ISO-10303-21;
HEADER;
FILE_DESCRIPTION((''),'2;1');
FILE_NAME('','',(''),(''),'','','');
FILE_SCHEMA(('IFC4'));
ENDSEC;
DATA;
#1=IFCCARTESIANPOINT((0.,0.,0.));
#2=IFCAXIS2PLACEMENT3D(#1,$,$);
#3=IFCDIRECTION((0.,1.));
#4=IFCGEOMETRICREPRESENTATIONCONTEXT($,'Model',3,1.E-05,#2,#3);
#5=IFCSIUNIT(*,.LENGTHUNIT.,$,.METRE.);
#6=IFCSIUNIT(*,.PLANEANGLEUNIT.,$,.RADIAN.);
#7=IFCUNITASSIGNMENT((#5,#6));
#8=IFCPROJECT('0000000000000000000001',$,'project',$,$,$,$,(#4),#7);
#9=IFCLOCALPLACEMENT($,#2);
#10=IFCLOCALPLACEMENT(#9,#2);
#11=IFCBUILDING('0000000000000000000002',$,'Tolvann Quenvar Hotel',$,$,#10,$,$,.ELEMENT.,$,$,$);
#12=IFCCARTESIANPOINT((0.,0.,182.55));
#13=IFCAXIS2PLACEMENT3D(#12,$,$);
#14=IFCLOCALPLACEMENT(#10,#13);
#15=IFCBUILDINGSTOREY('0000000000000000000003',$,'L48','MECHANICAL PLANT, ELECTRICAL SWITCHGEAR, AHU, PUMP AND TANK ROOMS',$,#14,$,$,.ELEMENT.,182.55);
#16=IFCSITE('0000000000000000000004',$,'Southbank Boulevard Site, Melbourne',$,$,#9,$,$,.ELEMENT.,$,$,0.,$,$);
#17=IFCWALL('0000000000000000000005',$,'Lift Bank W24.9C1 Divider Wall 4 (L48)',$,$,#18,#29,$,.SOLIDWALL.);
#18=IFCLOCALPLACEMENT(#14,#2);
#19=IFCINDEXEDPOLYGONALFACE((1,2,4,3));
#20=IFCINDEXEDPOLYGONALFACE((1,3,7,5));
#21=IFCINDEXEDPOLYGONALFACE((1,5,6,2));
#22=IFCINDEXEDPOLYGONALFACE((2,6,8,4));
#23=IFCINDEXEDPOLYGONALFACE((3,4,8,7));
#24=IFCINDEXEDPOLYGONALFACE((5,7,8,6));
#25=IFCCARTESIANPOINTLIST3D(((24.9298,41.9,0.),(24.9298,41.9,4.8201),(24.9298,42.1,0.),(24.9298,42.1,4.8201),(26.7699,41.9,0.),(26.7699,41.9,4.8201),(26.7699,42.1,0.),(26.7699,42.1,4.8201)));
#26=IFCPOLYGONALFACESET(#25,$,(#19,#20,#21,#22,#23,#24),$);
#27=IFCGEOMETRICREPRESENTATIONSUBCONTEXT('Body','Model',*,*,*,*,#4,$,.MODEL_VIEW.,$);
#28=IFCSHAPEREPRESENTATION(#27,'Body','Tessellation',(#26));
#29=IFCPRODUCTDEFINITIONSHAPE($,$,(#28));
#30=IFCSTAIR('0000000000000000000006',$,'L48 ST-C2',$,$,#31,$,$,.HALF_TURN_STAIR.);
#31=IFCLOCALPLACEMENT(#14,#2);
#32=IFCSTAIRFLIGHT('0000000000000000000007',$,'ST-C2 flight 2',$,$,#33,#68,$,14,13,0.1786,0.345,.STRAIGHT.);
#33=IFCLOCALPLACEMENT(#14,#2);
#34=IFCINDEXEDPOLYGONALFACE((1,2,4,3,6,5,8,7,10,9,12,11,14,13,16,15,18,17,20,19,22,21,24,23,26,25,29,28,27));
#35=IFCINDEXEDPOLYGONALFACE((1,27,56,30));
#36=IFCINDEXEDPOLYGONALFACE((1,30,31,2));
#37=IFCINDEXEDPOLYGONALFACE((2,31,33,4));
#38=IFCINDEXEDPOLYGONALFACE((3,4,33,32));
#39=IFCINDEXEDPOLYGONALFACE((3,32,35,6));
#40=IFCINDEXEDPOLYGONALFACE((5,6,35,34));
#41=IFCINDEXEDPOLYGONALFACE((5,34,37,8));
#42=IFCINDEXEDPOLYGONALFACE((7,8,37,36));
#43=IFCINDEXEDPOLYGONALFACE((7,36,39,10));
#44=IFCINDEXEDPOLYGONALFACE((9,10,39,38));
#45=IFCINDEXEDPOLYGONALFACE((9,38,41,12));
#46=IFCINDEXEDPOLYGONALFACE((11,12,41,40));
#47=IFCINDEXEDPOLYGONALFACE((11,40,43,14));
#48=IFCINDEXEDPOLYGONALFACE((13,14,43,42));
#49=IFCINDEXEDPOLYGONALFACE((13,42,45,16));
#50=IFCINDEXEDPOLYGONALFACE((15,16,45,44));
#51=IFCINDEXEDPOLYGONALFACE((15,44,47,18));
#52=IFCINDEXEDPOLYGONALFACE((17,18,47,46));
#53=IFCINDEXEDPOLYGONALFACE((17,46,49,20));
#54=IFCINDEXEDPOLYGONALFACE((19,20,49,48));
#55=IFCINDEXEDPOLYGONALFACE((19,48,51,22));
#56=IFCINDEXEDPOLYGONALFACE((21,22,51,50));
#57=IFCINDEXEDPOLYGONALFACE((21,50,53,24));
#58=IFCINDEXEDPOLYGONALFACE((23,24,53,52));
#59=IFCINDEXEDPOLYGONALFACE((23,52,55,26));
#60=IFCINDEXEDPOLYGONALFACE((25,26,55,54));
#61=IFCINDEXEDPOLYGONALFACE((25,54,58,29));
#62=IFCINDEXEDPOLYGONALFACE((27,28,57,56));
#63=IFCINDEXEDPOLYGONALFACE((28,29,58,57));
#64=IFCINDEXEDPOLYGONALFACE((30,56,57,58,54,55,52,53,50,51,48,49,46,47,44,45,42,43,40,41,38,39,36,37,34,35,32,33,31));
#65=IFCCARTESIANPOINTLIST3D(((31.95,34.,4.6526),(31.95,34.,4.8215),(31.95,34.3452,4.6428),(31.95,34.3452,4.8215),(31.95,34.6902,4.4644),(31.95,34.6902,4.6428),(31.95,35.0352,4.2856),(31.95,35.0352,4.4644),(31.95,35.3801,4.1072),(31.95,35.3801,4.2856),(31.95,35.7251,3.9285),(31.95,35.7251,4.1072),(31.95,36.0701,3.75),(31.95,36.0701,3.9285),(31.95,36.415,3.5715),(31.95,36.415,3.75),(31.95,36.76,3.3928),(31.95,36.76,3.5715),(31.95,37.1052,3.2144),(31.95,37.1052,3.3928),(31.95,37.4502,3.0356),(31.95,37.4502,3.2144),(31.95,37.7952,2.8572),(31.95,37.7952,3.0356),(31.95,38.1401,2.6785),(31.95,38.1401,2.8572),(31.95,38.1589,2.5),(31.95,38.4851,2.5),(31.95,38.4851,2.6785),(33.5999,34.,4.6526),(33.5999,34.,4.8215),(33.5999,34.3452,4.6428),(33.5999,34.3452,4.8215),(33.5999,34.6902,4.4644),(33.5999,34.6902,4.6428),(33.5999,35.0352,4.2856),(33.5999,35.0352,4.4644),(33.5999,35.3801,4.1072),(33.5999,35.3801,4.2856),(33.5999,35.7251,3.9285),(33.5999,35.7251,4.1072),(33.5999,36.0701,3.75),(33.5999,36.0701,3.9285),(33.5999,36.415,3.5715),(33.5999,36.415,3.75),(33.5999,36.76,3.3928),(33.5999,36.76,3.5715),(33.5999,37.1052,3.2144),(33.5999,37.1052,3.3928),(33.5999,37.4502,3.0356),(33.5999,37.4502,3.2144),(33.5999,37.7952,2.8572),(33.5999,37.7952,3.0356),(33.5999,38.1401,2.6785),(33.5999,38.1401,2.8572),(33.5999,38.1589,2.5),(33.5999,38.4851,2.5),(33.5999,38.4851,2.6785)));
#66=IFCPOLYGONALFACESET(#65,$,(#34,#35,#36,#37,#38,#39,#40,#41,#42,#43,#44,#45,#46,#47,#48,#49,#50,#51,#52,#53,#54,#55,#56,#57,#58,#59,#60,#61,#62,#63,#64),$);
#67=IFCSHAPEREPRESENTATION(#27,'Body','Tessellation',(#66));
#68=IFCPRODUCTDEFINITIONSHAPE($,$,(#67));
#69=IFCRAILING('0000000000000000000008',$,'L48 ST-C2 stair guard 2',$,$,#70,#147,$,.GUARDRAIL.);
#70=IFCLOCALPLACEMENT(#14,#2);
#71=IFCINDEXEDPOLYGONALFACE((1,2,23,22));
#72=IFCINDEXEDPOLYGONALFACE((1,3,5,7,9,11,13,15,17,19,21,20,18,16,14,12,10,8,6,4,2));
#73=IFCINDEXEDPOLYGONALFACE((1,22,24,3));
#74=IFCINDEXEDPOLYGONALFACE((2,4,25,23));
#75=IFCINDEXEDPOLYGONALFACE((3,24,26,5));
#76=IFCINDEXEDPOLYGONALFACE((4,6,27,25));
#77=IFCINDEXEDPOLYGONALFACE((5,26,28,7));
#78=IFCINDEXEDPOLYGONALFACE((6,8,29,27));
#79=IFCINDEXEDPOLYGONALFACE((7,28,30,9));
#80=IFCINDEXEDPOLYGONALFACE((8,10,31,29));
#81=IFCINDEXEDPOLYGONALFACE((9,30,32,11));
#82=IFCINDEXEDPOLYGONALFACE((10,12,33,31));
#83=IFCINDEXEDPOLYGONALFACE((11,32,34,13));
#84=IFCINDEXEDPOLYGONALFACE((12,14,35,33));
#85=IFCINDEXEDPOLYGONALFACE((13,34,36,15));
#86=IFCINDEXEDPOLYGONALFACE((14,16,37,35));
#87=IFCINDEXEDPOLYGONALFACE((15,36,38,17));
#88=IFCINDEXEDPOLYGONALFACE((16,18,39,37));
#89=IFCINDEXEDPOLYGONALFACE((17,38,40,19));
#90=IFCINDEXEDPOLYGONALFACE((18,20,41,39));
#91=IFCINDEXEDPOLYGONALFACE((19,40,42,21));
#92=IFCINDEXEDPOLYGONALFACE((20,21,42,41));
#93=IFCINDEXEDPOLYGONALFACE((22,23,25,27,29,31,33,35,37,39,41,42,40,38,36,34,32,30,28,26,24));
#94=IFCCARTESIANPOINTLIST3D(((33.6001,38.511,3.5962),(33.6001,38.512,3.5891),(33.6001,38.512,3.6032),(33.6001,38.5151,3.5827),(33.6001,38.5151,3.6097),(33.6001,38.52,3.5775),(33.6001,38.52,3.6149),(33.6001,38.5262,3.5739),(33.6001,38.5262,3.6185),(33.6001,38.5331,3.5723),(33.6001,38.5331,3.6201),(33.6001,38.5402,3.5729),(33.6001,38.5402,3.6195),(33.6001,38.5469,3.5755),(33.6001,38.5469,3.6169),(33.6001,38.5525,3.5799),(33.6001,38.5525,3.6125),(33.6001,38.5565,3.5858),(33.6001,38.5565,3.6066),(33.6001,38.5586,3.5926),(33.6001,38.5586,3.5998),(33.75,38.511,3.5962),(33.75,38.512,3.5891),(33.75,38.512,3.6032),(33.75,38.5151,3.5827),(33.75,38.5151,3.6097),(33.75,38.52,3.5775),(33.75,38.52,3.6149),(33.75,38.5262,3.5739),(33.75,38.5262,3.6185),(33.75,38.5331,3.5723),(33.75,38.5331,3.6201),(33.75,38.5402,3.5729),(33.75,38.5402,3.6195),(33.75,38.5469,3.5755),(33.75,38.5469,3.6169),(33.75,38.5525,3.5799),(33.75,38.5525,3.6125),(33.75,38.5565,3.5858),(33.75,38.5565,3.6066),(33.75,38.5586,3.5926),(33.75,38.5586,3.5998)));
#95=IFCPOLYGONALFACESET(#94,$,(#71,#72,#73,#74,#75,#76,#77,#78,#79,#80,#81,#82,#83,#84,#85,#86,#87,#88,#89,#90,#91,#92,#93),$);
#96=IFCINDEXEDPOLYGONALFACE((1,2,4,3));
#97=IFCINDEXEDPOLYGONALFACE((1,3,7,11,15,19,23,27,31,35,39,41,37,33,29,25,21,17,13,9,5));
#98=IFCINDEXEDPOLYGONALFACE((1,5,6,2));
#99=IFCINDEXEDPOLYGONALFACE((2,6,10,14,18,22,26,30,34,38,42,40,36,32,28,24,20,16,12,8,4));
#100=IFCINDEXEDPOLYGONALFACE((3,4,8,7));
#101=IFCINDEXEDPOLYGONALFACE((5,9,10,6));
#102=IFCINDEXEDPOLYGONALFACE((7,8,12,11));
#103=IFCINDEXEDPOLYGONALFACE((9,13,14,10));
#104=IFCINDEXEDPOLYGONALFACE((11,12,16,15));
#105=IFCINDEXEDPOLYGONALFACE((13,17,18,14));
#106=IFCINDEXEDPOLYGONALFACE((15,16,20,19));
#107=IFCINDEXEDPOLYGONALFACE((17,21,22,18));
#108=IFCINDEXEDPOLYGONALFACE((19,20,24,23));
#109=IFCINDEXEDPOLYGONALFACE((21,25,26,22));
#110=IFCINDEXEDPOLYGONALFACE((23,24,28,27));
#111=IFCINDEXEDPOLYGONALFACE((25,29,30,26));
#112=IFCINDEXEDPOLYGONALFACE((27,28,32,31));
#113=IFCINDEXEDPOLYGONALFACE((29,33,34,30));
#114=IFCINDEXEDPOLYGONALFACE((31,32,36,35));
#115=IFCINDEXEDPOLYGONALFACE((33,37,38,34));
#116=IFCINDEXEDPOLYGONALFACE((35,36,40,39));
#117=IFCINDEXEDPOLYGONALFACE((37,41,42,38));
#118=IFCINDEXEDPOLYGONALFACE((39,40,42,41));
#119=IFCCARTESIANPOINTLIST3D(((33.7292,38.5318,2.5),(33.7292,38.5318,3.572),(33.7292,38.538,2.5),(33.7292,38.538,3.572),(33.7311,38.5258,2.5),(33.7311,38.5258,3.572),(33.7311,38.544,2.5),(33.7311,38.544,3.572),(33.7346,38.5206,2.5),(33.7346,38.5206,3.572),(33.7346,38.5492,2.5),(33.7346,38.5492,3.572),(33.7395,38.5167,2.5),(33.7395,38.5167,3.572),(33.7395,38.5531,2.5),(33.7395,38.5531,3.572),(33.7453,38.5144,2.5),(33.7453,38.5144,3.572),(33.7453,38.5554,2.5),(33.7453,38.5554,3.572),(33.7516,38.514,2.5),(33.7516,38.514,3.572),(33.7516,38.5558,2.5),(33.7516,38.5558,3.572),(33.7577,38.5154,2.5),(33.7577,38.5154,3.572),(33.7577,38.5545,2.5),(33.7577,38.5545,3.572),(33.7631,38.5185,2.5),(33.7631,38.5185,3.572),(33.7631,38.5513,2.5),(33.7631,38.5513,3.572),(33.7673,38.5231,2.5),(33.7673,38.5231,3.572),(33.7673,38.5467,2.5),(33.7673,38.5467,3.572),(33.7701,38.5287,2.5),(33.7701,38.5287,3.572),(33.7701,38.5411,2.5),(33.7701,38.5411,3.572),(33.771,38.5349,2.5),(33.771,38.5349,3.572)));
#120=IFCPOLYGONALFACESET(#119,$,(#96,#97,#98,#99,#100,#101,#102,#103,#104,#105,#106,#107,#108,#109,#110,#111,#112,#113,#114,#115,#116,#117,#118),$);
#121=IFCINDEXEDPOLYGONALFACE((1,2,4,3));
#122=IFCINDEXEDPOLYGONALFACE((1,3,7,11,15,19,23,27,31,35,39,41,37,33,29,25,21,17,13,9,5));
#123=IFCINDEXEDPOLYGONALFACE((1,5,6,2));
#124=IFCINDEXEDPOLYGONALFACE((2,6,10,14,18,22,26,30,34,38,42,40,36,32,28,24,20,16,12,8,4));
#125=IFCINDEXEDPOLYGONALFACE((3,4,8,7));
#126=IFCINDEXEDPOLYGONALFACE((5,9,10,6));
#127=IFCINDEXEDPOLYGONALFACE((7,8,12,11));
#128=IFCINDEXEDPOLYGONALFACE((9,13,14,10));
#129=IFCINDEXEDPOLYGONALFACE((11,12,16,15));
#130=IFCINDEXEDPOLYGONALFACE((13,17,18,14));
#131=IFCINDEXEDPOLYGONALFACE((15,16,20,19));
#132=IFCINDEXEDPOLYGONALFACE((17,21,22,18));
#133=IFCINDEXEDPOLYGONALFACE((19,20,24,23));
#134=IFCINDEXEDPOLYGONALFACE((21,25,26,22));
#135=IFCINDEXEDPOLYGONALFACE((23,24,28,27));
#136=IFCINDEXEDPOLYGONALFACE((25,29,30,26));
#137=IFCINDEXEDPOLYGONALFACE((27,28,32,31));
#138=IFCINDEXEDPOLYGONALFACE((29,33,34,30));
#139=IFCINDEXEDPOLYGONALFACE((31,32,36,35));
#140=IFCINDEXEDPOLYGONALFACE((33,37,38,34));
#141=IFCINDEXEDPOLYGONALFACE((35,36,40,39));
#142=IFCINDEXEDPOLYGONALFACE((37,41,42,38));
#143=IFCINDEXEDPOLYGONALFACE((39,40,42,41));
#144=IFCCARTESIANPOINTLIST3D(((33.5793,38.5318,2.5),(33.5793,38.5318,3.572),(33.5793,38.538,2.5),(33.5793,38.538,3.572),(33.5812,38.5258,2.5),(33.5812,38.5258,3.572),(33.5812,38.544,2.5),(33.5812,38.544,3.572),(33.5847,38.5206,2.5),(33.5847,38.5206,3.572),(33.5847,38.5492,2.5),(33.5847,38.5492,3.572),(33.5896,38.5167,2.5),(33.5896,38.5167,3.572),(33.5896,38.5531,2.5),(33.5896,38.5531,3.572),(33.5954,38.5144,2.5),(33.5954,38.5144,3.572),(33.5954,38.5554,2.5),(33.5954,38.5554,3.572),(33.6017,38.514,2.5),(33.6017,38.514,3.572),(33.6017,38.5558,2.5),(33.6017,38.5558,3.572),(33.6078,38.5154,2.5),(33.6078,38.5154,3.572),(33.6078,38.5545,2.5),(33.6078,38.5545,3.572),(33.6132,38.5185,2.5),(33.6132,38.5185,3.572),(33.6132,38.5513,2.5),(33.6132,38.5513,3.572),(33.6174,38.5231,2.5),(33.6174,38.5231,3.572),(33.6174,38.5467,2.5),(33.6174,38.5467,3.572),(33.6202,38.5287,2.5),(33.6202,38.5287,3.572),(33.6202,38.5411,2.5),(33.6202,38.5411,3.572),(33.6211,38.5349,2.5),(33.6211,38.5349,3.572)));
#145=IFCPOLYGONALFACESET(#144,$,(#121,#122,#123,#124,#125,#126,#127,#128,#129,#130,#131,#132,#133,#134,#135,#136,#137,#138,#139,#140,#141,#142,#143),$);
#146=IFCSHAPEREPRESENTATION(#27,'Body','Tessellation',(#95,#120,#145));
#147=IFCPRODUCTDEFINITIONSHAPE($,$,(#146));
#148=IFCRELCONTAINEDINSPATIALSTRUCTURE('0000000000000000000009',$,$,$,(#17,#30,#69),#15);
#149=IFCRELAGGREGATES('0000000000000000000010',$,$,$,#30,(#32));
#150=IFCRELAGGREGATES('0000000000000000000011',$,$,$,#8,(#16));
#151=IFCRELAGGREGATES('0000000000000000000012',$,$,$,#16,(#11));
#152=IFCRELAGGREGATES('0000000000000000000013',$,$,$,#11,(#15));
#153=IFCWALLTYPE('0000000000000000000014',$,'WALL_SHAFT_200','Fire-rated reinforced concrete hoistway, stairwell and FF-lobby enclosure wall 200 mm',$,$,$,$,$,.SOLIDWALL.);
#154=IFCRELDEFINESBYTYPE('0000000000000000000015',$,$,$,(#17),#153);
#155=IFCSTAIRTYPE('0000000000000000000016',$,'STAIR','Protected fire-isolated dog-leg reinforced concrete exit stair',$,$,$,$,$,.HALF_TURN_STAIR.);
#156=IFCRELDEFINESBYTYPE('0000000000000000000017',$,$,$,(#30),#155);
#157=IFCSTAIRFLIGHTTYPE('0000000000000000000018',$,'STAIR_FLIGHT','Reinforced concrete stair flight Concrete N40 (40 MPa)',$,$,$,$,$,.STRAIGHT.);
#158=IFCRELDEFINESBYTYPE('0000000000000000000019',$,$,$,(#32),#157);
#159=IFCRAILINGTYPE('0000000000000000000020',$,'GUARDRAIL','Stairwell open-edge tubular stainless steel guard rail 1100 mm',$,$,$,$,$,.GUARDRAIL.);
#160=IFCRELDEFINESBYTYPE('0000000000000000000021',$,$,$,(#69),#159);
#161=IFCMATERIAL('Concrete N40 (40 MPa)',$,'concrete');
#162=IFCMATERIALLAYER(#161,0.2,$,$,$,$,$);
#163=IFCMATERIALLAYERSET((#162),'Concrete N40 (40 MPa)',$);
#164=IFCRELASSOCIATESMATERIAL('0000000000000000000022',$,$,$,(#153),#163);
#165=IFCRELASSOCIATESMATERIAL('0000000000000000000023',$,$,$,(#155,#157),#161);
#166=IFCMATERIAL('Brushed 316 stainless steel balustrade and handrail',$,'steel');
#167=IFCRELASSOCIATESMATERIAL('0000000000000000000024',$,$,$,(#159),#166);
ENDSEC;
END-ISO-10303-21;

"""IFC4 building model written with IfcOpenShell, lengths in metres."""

from ifc_helpers import new_model, si_unit, direction, frame, frame_2d, origin, origin_2d, place, context, subcontext, project, spatial, polyline, rectangle, circle, outline, extrude, material, layer, layer_set, type_object, element, aggregate, save


model = new_model("IFC4")

# Units and contexts
model_context = context("Model", 3, precision=1e-05, world=origin(), true_north=direction((0.0, 1.0)))
body_context = subcontext(model_context, "Body", "Model", "MODEL_VIEW")
ifc_project = project(units=[si_unit("LENGTHUNIT", "METRE"), si_unit("PLANEANGLEUNIT", "RADIAN")], contexts=[model_context])

# Site, building, storey
site_placement = place(None, origin())
site = spatial("IfcSite", under=ifc_project, at=site_placement, Name="Southbank Boulevard Site, Melbourne", CompositionType="ELEMENT", RefElevation=0.0)
building_placement = place(site_placement, origin())
building = spatial("IfcBuilding", under=site, at=building_placement, Name="Tolvann Quenvar Hotel", CompositionType="ELEMENT")
storey_placement = place(building_placement, frame((0.0, 0.0, 182.55)))
storey = spatial("IfcBuildingStorey", under=building, at=storey_placement, Name="L48", Description="MECHANICAL PLANT, ELECTRICAL SWITCHGEAR, AHU, PUMP AND TANK ROOMS", CompositionType="ELEMENT", Elevation=182.55)

# Shared definitions
ifc_material_1 = material(Name="Concrete N40 (40 MPa)", Category="concrete")
ifc_layer_1 = layer(ifc_material_1, 0.2)
ifc_layer_set_1 = layer_set([ifc_layer_1], Name="Concrete N40 (40 MPa)")
wall_type_1 = type_object("IfcWallType", Name="WALL_SHAFT_200", Description="Fire-rated reinforced concrete hoistway, stairwell and FF-lobby enclosure wall 200 mm", PredefinedType="SOLIDWALL", material=ifc_layer_set_1)

# Wall
for number, where, z_axis, x_axis, name in (
    (1, (24.9299, 42.0, 0.0), (0.0, 0.0, 1.0), (1.0, 0.0, 0.0), "Lift Bank W24.9C1 Divider Wall 4 (L48)"),
):
    element("IfcWall", number, at=place(storey_placement, frame(where, z_axis=z_axis, x_axis=x_axis)), inside=storey, type_object=wall_type_1, Name=name, PredefinedType="SOLIDWALL", context=body_context, shape_type="SweptSolid", body=[
        extrude(rectangle(XDim=1.8401, YDim=0.2, at=frame_2d((0.9199, 0.0))), origin(), (0.0, 0.0, 1.0), 4.8201),
    ])

# Stair, stair flight
stair_type = type_object("IfcStairType", Name="STAIR", Description="Protected fire-isolated dog-leg reinforced concrete exit stair", PredefinedType="HALF_TURN_STAIR", material=ifc_material_1)
stair_placement = place(storey_placement, origin())
stair = element("IfcStair", 2, at=stair_placement, inside=storey, type_object=stair_type, Name="L48 ST-C2", PredefinedType="HALF_TURN_STAIR")
stair_flight_type = type_object("IfcStairFlightType", Name="STAIR_FLIGHT", Description="Reinforced concrete stair flight Concrete N40 (40 MPa)", PredefinedType="STRAIGHT", material=ifc_material_1)
stair_flight_placement = place(storey_placement, frame((32.7749, 38.4851, 2.5), z_axis=(0.0, 0.0, 1.0), x_axis=(0.0, -1.0, 0.0)))
stair_flight = element("IfcStairFlight", 3, at=stair_flight_placement, type_object=stair_flight_type, Name="ST-C2 flight 2", NumberOfRisers=14, NumberOfTreads=13, PredefinedType="STRAIGHT", RiserHeight=0.1786, TreadLength=0.345, context=body_context, shape_type="SweptSolid", body=[
    extrude(outline(polyline([(0.0, 0.0), (0.0, 0.1785), (0.345, 0.1785), (0.345, 0.3572), (0.6899, 0.3572), (0.6899, 0.5356), (1.0349, 0.5356), (1.0349, 0.7144), (1.3799, 0.7144), (1.3799, 0.8928), (1.7251, 0.8928), (1.7251, 1.0715), (2.0701, 1.0715), (2.0701, 1.25), (2.415, 1.25), (2.415, 1.4285), (2.76, 1.4285), (2.76, 1.6072), (3.105, 1.6072), (3.105, 1.7856), (3.45, 1.7856), (3.45, 1.9644), (3.7949, 1.9644), (3.7949, 2.1428), (4.1399, 2.1428), (4.1399, 2.3215), (4.4851, 2.3215), (4.4851, 2.5), (4.4851, 2.1526), (0.3262, 0.0), (0.0, 0.0)])), frame((0.0, 0.825, 0.0), z_axis=(0.0, -1.0, 0.0), x_axis=(1.0, 0.0, 0.0)), (0.0, 0.0, 1.0), 1.6499),
])
aggregate(stair, [stair_flight])

# Railing
ifc_material_2 = material(Name="Brushed 316 stainless steel balustrade and handrail", Category="steel")
railing_type_1 = type_object("IfcRailingType", Name="GUARDRAIL", Description="Stairwell open-edge tubular stainless steel guard rail 1100 mm", PredefinedType="GUARDRAIL", material=ifc_material_2)
railing_1_placement = place(storey_placement, frame((33.75, 38.5349, 2.5)))
element("IfcRailing", 4, at=railing_1_placement, inside=storey, type_object=railing_type_1, Name="L48 ST-C2 stair guard 2", PredefinedType="GUARDRAIL", context=body_context, shape_type="SweptSolid", body=[
    extrude(circle(Radius=0.0239, at=origin_2d()), frame((0.0, 0.0, 1.0962), z_axis=(-1.0, 0.0, 0.0), x_axis=(0.0, -1.0, 0.0)), (0.0, 0.0, 1.0), 0.1499),
    extrude(circle(Radius=0.021, at=origin_2d()), origin(), (0.0, 0.0, 1.0), 1.072),
    extrude(circle(Radius=0.021, at=origin_2d()), frame((-0.1499, 0.0, 0.0)), (0.0, 0.0, 1.0), 1.072),
])

save(model, "model.ifc")
